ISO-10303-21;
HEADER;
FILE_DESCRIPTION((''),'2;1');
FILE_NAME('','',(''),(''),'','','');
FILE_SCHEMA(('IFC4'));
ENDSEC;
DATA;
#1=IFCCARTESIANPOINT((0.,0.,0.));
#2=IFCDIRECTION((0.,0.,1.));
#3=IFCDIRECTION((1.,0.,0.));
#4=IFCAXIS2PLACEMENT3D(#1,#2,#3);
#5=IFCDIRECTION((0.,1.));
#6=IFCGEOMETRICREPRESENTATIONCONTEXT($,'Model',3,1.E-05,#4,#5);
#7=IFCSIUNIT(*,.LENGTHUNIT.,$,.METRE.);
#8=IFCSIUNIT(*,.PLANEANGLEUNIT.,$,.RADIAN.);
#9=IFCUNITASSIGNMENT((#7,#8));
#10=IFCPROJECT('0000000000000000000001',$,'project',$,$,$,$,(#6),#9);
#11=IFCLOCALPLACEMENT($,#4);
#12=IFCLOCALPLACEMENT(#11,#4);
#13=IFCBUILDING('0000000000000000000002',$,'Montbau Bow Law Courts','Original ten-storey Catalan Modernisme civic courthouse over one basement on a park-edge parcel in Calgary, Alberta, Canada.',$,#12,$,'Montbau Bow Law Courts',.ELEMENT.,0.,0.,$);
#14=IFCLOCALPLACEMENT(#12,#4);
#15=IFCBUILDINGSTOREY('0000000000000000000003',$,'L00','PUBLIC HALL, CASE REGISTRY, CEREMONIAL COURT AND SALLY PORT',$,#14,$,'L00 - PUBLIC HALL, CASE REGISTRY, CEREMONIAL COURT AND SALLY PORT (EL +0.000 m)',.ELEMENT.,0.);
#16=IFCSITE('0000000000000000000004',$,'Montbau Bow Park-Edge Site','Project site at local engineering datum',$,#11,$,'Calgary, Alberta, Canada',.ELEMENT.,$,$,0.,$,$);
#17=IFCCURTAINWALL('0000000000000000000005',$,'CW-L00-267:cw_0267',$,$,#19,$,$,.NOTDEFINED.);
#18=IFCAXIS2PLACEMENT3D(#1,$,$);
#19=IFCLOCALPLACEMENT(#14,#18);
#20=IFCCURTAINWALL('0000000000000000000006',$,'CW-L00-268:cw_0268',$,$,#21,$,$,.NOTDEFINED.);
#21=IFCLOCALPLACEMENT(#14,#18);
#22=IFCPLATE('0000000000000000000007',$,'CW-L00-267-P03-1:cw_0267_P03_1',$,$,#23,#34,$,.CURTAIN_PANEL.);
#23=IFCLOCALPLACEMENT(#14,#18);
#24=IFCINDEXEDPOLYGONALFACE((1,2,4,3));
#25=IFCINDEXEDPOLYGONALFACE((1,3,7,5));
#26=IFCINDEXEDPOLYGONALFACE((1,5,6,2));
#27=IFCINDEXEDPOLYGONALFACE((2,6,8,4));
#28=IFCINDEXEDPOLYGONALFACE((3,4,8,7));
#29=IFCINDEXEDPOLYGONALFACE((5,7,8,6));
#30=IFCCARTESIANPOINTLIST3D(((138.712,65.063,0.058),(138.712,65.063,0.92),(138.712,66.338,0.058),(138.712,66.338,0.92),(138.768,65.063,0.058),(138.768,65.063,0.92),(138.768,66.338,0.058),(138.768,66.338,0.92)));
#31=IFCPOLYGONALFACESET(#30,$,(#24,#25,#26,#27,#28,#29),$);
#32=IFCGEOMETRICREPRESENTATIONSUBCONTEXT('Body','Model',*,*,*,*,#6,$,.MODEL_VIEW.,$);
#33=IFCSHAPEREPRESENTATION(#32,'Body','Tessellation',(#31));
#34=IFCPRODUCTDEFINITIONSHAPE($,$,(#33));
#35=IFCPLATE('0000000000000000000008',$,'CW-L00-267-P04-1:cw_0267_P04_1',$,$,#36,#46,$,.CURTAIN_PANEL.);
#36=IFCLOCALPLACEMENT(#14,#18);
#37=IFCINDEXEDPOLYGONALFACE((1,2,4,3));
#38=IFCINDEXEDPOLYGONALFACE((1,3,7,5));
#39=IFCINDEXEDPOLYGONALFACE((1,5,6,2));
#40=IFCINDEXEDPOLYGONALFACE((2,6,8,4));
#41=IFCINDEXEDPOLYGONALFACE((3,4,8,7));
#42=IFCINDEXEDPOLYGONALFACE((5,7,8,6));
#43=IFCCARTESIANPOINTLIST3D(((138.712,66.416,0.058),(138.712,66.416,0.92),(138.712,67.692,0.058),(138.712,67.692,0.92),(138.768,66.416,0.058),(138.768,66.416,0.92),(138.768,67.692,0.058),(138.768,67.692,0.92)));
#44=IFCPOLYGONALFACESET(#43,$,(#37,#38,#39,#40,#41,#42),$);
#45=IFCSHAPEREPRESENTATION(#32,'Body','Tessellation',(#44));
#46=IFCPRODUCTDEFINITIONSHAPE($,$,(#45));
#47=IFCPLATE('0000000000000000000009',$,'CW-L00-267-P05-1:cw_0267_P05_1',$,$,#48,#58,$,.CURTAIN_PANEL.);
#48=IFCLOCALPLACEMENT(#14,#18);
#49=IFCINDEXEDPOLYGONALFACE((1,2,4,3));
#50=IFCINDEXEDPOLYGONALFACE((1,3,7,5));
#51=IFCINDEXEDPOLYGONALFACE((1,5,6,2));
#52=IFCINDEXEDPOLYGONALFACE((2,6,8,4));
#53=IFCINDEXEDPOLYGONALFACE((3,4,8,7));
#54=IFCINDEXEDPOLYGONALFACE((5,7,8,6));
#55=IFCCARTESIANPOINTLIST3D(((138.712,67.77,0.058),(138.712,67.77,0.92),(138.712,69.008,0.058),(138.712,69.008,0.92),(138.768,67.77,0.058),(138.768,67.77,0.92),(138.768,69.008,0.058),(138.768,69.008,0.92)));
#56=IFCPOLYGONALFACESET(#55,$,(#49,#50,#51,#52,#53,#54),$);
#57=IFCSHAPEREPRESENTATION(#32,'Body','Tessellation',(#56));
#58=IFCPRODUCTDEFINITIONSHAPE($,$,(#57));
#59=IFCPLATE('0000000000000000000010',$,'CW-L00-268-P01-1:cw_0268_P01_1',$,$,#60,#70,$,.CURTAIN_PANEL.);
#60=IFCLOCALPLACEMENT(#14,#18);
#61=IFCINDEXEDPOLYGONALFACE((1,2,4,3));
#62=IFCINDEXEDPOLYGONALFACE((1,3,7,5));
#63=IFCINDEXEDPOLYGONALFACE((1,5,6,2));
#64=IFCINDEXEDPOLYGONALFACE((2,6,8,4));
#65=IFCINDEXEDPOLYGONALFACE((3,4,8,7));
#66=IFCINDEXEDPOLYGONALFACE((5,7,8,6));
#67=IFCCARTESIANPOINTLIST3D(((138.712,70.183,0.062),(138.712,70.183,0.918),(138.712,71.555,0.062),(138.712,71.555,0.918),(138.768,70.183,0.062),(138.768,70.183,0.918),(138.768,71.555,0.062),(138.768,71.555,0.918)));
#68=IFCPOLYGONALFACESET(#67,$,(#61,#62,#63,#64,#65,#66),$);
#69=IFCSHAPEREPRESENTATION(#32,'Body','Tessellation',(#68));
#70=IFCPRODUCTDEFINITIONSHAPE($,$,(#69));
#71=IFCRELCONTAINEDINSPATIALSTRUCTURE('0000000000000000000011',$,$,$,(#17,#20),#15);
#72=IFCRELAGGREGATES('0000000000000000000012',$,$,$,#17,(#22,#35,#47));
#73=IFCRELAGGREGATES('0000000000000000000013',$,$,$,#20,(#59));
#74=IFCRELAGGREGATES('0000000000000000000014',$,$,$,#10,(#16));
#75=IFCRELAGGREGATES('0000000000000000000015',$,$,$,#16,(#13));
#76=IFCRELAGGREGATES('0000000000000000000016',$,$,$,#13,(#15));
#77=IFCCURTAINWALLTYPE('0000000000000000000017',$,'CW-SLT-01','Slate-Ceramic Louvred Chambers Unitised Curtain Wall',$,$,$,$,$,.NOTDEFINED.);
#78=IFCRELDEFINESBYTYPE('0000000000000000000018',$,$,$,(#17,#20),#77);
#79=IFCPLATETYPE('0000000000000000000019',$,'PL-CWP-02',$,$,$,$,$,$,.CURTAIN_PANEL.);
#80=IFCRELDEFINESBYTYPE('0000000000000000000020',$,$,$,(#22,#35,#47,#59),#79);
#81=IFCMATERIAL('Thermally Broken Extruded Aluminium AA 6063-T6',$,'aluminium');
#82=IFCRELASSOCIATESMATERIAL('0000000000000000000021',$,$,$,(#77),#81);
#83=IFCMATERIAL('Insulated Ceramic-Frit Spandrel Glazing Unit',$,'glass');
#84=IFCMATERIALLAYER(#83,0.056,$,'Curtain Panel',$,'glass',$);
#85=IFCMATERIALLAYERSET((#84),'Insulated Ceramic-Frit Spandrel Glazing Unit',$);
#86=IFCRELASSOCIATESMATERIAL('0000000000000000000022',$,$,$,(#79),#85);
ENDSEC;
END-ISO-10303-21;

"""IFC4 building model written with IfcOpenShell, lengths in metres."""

from ifc_helpers import new_model, si_unit, direction, frame, frame_2d, origin_with_axes, place, context, subcontext, project, spatial, rectangle, extrude, material, layer, layer_set, type_object, element, aggregate, save


model = new_model("IFC4")

# Units and contexts
model_context = context("Model", 3, precision=1e-05, world=origin_with_axes(), true_north=direction((0.0, 1.0)))
body_context = subcontext(model_context, "Body", "Model", "MODEL_VIEW")
ifc_project = project(units=[si_unit("LENGTHUNIT", "METRE"), si_unit("PLANEANGLEUNIT", "RADIAN")], contexts=[model_context])

# Site, building, storey
site_placement = place(None, origin_with_axes())
site = spatial("IfcSite", under=ifc_project, at=site_placement, Name="Montbau Bow Park-Edge Site", Description="Project site at local engineering datum", LongName="Calgary, Alberta, Canada", CompositionType="ELEMENT", RefElevation=0.0)
building_placement = place(site_placement, origin_with_axes())
building = spatial("IfcBuilding", under=site, at=building_placement, Name="Montbau Bow Law Courts", Description="Original ten-storey Catalan Modernisme civic courthouse over one basement on a park-edge parcel in Calgary, Alberta, Canada.", LongName="Montbau Bow Law Courts", CompositionType="ELEMENT", ElevationOfRefHeight=0.0, ElevationOfTerrain=0.0)
storey_placement = place(building_placement, origin_with_axes())
storey = spatial("IfcBuildingStorey", under=building, at=storey_placement, Name="L00", Description="PUBLIC HALL, CASE REGISTRY, CEREMONIAL COURT AND SALLY PORT", LongName="L00 - PUBLIC HALL, CASE REGISTRY, CEREMONIAL COURT AND SALLY PORT (EL +0.000 m)", CompositionType="ELEMENT", Elevation=0.0)

# Curtain walls
ifc_material_1 = material(Name="Thermally Broken Extruded Aluminium AA 6063-T6", Category="aluminium")
curtain_wall_type = type_object("IfcCurtainWallType", Name="CW-SLT-01", Description="Slate-Ceramic Louvred Chambers Unitised Curtain Wall", PredefinedType="NOTDEFINED", material=ifc_material_1)
curtain_wall_1_placement = place(None, frame((138.74, 62.315, 0.0), z_axis=(0.0, 0.0, 1.0), x_axis=(1.0, 0.0, 0.0)))
curtain_wall_1 = element("IfcCurtainWall", 1, at=curtain_wall_1_placement, inside=storey, type_object=curtain_wall_type, Name="CW-L00-267:cw_0267", PredefinedType="NOTDEFINED")
curtain_wall_2_placement = place(None, frame((138.74, 70.115, 0.0), z_axis=(0.0, 0.0, 1.0), x_axis=(1.0, 0.0, 0.0)))
curtain_wall_2 = element("IfcCurtainWall", 2, at=curtain_wall_2_placement, inside=storey, type_object=curtain_wall_type, Name="CW-L00-268:cw_0268", PredefinedType="NOTDEFINED")

# Plates
ifc_material_2 = material(Name="Insulated Ceramic-Frit Spandrel Glazing Unit", Category="glass")
ifc_layer_1 = layer(ifc_material_2, 0.056, Name="Curtain Panel", Category="glass")
ifc_layer_set_1 = layer_set([ifc_layer_1], Name="Insulated Ceramic-Frit Spandrel Glazing Unit")
plate_type_1 = type_object("IfcPlateType", Name="PL-CWP-02", PredefinedType="CURTAIN_PANEL", material=ifc_layer_set_1)
plate_1_placement = place(None, frame((138.74, 65.063, 0.058), z_axis=(1.0, 0.0, 0.0), x_axis=(0.0, 1.0, 0.0)))
plate_1 = element("IfcPlate", 3, at=plate_1_placement, type_object=plate_type_1, Name="CW-L00-267-P03-1:cw_0267_P03_1", PredefinedType="CURTAIN_PANEL", context=body_context, shape_type="SweptSolid", body=[
    extrude(rectangle(XDim=1.275, YDim=0.862, at=frame_2d((0.6375, 0.431), x_axis=(1.0, 0.0))), frame((0.0, 0.0, -0.028), z_axis=(0.0, 0.0, 1.0), x_axis=(1.0, 0.0, 0.0)), (0.0, 0.0, 1.0), 0.056),
])
plate_2_placement = place(None, frame((138.74, 66.416, 0.058), z_axis=(1.0, 0.0, 0.0), x_axis=(0.0, 1.0, 0.0)))
plate_2 = element("IfcPlate", 4, at=plate_2_placement, type_object=plate_type_1, Name="CW-L00-267-P04-1:cw_0267_P04_1", PredefinedType="CURTAIN_PANEL", context=body_context, shape_type="SweptSolid", body=[
    extrude(rectangle(XDim=1.276, YDim=0.862, at=frame_2d((0.638, 0.431), x_axis=(1.0, 0.0))), frame((0.0, 0.0, -0.028), z_axis=(0.0, 0.0, 1.0), x_axis=(1.0, 0.0, 0.0)), (0.0, 0.0, 1.0), 0.056),
])
plate_3_placement = place(None, frame((138.74, 67.77, 0.058), z_axis=(1.0, 0.0, 0.0), x_axis=(0.0, 1.0, 0.0)))
plate_3 = element("IfcPlate", 5, at=plate_3_placement, type_object=plate_type_1, Name="CW-L00-267-P05-1:cw_0267_P05_1", PredefinedType="CURTAIN_PANEL", context=body_context, shape_type="SweptSolid", body=[
    extrude(rectangle(XDim=1.238, YDim=0.862, at=frame_2d((0.619, 0.431), x_axis=(1.0, 0.0))), frame((0.0, 0.0, -0.028), z_axis=(0.0, 0.0, 1.0), x_axis=(1.0, 0.0, 0.0)), (0.0, 0.0, 1.0), 0.056),
])
aggregate(curtain_wall_1, [plate_1, plate_2, plate_3])
plate_4_placement = place(None, frame((138.74, 70.183, 0.062), z_axis=(1.0, 0.0, 0.0), x_axis=(0.0, 1.0, 0.0)))
plate_4 = element("IfcPlate", 6, at=plate_4_placement, type_object=plate_type_1, Name="CW-L00-268-P01-1:cw_0268_P01_1", PredefinedType="CURTAIN_PANEL", context=body_context, shape_type="SweptSolid", body=[
    extrude(rectangle(XDim=1.372, YDim=0.856, at=frame_2d((0.686, 0.428), x_axis=(1.0, 0.0))), frame((0.0, 0.0, -0.028), z_axis=(0.0, 0.0, 1.0), x_axis=(1.0, 0.0, 0.0)), (0.0, 0.0, 1.0), 0.056),
])
aggregate(curtain_wall_2, [plate_4])

save(model, "model.ifc")
